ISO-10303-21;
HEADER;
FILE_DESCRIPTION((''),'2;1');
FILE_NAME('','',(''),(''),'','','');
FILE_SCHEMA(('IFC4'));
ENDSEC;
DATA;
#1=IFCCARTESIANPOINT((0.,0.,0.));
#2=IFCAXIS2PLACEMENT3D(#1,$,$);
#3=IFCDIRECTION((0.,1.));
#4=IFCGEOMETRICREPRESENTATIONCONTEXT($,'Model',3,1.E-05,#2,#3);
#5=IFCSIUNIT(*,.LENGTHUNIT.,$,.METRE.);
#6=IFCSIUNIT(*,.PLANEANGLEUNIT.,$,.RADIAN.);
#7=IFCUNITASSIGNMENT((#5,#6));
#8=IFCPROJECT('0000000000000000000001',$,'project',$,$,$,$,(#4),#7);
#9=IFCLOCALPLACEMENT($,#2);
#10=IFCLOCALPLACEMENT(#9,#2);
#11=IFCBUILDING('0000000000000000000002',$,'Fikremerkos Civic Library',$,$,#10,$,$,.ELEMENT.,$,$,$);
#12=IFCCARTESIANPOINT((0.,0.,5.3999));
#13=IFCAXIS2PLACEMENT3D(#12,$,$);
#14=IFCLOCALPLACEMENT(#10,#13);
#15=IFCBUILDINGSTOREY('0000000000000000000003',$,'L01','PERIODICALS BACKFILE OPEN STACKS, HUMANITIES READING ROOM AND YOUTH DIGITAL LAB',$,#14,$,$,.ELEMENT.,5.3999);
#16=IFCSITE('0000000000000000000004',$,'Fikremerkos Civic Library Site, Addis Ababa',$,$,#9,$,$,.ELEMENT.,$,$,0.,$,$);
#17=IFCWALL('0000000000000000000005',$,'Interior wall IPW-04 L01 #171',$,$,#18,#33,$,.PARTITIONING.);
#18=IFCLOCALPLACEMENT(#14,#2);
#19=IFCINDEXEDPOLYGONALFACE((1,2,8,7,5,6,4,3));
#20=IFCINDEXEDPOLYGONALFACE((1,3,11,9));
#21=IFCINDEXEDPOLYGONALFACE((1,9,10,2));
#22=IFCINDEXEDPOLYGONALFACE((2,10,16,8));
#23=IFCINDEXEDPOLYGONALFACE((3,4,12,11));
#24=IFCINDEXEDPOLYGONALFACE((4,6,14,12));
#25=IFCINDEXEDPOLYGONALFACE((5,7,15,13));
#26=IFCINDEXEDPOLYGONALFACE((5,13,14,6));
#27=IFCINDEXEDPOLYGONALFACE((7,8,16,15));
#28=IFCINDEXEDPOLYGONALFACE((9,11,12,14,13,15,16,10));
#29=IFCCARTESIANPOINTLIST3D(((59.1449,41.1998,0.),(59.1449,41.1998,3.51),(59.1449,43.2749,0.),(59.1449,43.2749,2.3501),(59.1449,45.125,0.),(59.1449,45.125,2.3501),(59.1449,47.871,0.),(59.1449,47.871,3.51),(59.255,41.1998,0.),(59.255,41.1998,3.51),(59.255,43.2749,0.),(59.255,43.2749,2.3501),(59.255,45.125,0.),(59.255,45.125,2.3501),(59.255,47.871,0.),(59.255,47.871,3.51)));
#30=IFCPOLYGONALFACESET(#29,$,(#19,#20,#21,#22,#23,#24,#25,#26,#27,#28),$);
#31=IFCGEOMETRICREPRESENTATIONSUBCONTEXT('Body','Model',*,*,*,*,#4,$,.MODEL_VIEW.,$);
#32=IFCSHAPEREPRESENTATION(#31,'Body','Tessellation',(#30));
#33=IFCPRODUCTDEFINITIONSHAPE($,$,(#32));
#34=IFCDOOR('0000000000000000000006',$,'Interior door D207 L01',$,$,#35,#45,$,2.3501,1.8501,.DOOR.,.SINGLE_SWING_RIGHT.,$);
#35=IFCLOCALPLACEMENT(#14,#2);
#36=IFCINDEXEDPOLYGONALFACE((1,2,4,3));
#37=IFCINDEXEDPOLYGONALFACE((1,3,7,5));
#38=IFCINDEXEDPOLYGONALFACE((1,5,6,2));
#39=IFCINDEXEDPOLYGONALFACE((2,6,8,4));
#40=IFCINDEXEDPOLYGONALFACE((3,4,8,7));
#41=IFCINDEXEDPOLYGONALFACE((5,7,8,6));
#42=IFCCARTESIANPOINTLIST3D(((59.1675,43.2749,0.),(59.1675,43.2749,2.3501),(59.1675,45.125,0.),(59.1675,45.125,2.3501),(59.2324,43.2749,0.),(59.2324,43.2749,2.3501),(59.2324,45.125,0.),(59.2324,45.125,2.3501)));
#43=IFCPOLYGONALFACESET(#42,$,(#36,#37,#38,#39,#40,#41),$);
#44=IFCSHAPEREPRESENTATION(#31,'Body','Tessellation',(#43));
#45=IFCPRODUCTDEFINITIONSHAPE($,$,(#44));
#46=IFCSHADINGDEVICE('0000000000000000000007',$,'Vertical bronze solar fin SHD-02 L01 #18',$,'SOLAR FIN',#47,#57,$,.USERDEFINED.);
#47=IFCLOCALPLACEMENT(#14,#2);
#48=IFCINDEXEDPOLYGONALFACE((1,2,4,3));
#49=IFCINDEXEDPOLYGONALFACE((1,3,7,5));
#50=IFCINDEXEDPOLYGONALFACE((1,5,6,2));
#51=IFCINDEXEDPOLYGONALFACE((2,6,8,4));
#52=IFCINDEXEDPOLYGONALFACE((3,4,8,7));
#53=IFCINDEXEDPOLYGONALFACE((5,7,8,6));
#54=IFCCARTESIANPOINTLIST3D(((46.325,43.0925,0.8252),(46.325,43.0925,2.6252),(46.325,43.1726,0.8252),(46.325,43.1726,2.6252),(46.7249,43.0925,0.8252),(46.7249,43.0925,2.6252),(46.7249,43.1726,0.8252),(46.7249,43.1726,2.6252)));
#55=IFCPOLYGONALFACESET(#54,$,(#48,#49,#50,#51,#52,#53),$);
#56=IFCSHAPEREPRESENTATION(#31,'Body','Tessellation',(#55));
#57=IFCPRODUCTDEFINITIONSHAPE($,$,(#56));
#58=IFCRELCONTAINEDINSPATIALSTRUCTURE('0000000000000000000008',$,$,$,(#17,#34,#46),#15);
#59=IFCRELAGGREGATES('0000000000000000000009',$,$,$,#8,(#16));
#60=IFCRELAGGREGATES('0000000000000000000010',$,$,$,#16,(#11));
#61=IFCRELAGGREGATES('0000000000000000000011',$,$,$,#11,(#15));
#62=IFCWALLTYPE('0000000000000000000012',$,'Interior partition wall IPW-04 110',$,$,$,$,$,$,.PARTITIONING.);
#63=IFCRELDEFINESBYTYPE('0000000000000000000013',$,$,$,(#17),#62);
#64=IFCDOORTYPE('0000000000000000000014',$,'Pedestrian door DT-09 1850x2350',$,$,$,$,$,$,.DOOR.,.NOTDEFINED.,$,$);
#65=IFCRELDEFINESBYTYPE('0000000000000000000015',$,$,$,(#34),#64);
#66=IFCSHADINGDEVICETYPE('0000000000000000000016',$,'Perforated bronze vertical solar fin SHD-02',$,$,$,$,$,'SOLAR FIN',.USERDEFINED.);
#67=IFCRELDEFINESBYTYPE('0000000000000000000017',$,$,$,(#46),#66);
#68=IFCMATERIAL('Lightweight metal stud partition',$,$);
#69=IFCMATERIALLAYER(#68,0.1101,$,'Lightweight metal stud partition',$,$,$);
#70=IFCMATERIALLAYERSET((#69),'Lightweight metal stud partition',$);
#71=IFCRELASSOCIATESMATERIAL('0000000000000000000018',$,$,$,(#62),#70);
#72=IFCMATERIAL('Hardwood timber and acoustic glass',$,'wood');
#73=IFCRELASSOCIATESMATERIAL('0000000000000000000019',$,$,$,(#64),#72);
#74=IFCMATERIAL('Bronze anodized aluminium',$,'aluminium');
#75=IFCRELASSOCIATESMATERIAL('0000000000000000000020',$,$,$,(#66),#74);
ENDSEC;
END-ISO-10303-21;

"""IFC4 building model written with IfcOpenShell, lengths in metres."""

from ifc_helpers import new_model, si_unit, direction, frame, frame_2d, origin, origin_2d, place, context, subcontext, project, spatial, rectangle, extrude, material, layer, layer_set, type_object, element, fill, save


model = new_model("IFC4")

# Units and contexts
model_context = context("Model", 3, precision=1e-05, world=origin(), true_north=direction((0.0, 1.0)))
body_context = subcontext(model_context, "Body", "Model", "MODEL_VIEW")
ifc_project = project(units=[si_unit("LENGTHUNIT", "METRE"), si_unit("PLANEANGLEUNIT", "RADIAN")], contexts=[model_context])

# Site, building, storey
site_placement = place(None, origin())
site = spatial("IfcSite", under=ifc_project, at=site_placement, Name="Fikremerkos Civic Library Site, Addis Ababa", CompositionType="ELEMENT", RefElevation=0.0)
building_placement = place(site_placement, origin())
building = spatial("IfcBuilding", under=site, at=building_placement, Name="Fikremerkos Civic Library", CompositionType="ELEMENT")
storey_placement = place(building_placement, frame((0.0, 0.0, 5.3999)))
storey = spatial("IfcBuildingStorey", under=building, at=storey_placement, Name="L01", Description="PERIODICALS BACKFILE OPEN STACKS, HUMANITIES READING ROOM AND YOUTH DIGITAL LAB", CompositionType="ELEMENT", Elevation=5.3999)

# Wall, opening, door
ifc_material_1 = material(Name="Lightweight metal stud partition")
ifc_layer_1 = layer(ifc_material_1, 0.1101, Name="Lightweight metal stud partition")
ifc_layer_set_1 = layer_set([ifc_layer_1], Name="Lightweight metal stud partition")
wall_type_1 = type_object("IfcWallType", Name="Interior partition wall IPW-04 110", PredefinedType="PARTITIONING", material=ifc_layer_set_1)
wall_1_placement = place(storey_placement, frame((59.2, 41.2, 0.0), z_axis=(0.0, 0.0, 1.0), x_axis=(0.0, 1.0, 0.0)))
wall_1 = element("IfcWall", 1, at=wall_1_placement, inside=storey, type_object=wall_type_1, Name="Interior wall IPW-04 L01 #171", PredefinedType="PARTITIONING", context=body_context, shape_type="SweptSolid", body=[
    extrude(rectangle(XDim=6.6711, YDim=0.1101, at=frame_2d((3.3354, 0.0))), origin(), (0.0, 0.0, 1.0), 3.51),
])
opening_placement = place(wall_1_placement, frame((2.075, 0.0, 0.0)))
opening = element("IfcOpeningElement", 2, at=opening_placement, cuts=wall_1, PredefinedType="OPENING", context=body_context, shape_type="SweptSolid", body=[
    extrude(rectangle(XDim=1.8501, YDim=2.3501, at=frame_2d((0.925, 1.175))), frame((0.0, 0.0649, 0.0), z_axis=(0.0, -1.0, 0.0), x_axis=(1.0, 0.0, 0.0)), (0.0, 0.0, 1.0), 0.1301),
])
ifc_material_2 = material(Name="Hardwood timber and acoustic glass", Category="wood")
door_type = type_object("IfcDoorType", Name="Pedestrian door DT-09 1850x2350", OperationType="NOTDEFINED", PredefinedType="DOOR", material=ifc_material_2)
door_placement = place(opening_placement, origin())
door = element("IfcDoor", 3, at=door_placement, inside=storey, type_object=door_type, Name="Interior door D207 L01", OperationType="SINGLE_SWING_RIGHT", OverallHeight=2.3501, OverallWidth=1.8501, PredefinedType="DOOR", context=body_context, shape_type="SweptSolid", body=[
    extrude(rectangle(XDim=1.8501, YDim=2.3501, at=frame_2d((0.925, 1.175))), frame((0.0, 0.0325, 0.0), z_axis=(0.0, -1.0, 0.0), x_axis=(1.0, 0.0, 0.0)), (0.0, 0.0, 1.0), 0.0649),
])
fill(opening, door)

# Shading device
ifc_material_3 = material(Name="Bronze anodized aluminium", Category="aluminium")
shading_device_type = type_object("IfcShadingDeviceType", Name="Perforated bronze vertical solar fin SHD-02", ElementType="SOLAR FIN", PredefinedType="USERDEFINED", material=ifc_material_3)
shading_device_placement = place(storey_placement, frame((46.5249, 43.1326, 0.8252), z_axis=(0.0, 0.0, 1.0), x_axis=(0.0, 1.0, 0.0)))
element("IfcShadingDevice", 4, at=shading_device_placement, inside=storey, type_object=shading_device_type, Name="Vertical bronze solar fin SHD-02 L01 #18", ObjectType="SOLAR FIN", PredefinedType="USERDEFINED", context=body_context, shape_type="SweptSolid", body=[
    extrude(rectangle(XDim=0.0801, YDim=0.3999, at=origin_2d()), origin(), (0.0, 0.0, 1.0), 1.8),
])

save(model, "model.ifc")
